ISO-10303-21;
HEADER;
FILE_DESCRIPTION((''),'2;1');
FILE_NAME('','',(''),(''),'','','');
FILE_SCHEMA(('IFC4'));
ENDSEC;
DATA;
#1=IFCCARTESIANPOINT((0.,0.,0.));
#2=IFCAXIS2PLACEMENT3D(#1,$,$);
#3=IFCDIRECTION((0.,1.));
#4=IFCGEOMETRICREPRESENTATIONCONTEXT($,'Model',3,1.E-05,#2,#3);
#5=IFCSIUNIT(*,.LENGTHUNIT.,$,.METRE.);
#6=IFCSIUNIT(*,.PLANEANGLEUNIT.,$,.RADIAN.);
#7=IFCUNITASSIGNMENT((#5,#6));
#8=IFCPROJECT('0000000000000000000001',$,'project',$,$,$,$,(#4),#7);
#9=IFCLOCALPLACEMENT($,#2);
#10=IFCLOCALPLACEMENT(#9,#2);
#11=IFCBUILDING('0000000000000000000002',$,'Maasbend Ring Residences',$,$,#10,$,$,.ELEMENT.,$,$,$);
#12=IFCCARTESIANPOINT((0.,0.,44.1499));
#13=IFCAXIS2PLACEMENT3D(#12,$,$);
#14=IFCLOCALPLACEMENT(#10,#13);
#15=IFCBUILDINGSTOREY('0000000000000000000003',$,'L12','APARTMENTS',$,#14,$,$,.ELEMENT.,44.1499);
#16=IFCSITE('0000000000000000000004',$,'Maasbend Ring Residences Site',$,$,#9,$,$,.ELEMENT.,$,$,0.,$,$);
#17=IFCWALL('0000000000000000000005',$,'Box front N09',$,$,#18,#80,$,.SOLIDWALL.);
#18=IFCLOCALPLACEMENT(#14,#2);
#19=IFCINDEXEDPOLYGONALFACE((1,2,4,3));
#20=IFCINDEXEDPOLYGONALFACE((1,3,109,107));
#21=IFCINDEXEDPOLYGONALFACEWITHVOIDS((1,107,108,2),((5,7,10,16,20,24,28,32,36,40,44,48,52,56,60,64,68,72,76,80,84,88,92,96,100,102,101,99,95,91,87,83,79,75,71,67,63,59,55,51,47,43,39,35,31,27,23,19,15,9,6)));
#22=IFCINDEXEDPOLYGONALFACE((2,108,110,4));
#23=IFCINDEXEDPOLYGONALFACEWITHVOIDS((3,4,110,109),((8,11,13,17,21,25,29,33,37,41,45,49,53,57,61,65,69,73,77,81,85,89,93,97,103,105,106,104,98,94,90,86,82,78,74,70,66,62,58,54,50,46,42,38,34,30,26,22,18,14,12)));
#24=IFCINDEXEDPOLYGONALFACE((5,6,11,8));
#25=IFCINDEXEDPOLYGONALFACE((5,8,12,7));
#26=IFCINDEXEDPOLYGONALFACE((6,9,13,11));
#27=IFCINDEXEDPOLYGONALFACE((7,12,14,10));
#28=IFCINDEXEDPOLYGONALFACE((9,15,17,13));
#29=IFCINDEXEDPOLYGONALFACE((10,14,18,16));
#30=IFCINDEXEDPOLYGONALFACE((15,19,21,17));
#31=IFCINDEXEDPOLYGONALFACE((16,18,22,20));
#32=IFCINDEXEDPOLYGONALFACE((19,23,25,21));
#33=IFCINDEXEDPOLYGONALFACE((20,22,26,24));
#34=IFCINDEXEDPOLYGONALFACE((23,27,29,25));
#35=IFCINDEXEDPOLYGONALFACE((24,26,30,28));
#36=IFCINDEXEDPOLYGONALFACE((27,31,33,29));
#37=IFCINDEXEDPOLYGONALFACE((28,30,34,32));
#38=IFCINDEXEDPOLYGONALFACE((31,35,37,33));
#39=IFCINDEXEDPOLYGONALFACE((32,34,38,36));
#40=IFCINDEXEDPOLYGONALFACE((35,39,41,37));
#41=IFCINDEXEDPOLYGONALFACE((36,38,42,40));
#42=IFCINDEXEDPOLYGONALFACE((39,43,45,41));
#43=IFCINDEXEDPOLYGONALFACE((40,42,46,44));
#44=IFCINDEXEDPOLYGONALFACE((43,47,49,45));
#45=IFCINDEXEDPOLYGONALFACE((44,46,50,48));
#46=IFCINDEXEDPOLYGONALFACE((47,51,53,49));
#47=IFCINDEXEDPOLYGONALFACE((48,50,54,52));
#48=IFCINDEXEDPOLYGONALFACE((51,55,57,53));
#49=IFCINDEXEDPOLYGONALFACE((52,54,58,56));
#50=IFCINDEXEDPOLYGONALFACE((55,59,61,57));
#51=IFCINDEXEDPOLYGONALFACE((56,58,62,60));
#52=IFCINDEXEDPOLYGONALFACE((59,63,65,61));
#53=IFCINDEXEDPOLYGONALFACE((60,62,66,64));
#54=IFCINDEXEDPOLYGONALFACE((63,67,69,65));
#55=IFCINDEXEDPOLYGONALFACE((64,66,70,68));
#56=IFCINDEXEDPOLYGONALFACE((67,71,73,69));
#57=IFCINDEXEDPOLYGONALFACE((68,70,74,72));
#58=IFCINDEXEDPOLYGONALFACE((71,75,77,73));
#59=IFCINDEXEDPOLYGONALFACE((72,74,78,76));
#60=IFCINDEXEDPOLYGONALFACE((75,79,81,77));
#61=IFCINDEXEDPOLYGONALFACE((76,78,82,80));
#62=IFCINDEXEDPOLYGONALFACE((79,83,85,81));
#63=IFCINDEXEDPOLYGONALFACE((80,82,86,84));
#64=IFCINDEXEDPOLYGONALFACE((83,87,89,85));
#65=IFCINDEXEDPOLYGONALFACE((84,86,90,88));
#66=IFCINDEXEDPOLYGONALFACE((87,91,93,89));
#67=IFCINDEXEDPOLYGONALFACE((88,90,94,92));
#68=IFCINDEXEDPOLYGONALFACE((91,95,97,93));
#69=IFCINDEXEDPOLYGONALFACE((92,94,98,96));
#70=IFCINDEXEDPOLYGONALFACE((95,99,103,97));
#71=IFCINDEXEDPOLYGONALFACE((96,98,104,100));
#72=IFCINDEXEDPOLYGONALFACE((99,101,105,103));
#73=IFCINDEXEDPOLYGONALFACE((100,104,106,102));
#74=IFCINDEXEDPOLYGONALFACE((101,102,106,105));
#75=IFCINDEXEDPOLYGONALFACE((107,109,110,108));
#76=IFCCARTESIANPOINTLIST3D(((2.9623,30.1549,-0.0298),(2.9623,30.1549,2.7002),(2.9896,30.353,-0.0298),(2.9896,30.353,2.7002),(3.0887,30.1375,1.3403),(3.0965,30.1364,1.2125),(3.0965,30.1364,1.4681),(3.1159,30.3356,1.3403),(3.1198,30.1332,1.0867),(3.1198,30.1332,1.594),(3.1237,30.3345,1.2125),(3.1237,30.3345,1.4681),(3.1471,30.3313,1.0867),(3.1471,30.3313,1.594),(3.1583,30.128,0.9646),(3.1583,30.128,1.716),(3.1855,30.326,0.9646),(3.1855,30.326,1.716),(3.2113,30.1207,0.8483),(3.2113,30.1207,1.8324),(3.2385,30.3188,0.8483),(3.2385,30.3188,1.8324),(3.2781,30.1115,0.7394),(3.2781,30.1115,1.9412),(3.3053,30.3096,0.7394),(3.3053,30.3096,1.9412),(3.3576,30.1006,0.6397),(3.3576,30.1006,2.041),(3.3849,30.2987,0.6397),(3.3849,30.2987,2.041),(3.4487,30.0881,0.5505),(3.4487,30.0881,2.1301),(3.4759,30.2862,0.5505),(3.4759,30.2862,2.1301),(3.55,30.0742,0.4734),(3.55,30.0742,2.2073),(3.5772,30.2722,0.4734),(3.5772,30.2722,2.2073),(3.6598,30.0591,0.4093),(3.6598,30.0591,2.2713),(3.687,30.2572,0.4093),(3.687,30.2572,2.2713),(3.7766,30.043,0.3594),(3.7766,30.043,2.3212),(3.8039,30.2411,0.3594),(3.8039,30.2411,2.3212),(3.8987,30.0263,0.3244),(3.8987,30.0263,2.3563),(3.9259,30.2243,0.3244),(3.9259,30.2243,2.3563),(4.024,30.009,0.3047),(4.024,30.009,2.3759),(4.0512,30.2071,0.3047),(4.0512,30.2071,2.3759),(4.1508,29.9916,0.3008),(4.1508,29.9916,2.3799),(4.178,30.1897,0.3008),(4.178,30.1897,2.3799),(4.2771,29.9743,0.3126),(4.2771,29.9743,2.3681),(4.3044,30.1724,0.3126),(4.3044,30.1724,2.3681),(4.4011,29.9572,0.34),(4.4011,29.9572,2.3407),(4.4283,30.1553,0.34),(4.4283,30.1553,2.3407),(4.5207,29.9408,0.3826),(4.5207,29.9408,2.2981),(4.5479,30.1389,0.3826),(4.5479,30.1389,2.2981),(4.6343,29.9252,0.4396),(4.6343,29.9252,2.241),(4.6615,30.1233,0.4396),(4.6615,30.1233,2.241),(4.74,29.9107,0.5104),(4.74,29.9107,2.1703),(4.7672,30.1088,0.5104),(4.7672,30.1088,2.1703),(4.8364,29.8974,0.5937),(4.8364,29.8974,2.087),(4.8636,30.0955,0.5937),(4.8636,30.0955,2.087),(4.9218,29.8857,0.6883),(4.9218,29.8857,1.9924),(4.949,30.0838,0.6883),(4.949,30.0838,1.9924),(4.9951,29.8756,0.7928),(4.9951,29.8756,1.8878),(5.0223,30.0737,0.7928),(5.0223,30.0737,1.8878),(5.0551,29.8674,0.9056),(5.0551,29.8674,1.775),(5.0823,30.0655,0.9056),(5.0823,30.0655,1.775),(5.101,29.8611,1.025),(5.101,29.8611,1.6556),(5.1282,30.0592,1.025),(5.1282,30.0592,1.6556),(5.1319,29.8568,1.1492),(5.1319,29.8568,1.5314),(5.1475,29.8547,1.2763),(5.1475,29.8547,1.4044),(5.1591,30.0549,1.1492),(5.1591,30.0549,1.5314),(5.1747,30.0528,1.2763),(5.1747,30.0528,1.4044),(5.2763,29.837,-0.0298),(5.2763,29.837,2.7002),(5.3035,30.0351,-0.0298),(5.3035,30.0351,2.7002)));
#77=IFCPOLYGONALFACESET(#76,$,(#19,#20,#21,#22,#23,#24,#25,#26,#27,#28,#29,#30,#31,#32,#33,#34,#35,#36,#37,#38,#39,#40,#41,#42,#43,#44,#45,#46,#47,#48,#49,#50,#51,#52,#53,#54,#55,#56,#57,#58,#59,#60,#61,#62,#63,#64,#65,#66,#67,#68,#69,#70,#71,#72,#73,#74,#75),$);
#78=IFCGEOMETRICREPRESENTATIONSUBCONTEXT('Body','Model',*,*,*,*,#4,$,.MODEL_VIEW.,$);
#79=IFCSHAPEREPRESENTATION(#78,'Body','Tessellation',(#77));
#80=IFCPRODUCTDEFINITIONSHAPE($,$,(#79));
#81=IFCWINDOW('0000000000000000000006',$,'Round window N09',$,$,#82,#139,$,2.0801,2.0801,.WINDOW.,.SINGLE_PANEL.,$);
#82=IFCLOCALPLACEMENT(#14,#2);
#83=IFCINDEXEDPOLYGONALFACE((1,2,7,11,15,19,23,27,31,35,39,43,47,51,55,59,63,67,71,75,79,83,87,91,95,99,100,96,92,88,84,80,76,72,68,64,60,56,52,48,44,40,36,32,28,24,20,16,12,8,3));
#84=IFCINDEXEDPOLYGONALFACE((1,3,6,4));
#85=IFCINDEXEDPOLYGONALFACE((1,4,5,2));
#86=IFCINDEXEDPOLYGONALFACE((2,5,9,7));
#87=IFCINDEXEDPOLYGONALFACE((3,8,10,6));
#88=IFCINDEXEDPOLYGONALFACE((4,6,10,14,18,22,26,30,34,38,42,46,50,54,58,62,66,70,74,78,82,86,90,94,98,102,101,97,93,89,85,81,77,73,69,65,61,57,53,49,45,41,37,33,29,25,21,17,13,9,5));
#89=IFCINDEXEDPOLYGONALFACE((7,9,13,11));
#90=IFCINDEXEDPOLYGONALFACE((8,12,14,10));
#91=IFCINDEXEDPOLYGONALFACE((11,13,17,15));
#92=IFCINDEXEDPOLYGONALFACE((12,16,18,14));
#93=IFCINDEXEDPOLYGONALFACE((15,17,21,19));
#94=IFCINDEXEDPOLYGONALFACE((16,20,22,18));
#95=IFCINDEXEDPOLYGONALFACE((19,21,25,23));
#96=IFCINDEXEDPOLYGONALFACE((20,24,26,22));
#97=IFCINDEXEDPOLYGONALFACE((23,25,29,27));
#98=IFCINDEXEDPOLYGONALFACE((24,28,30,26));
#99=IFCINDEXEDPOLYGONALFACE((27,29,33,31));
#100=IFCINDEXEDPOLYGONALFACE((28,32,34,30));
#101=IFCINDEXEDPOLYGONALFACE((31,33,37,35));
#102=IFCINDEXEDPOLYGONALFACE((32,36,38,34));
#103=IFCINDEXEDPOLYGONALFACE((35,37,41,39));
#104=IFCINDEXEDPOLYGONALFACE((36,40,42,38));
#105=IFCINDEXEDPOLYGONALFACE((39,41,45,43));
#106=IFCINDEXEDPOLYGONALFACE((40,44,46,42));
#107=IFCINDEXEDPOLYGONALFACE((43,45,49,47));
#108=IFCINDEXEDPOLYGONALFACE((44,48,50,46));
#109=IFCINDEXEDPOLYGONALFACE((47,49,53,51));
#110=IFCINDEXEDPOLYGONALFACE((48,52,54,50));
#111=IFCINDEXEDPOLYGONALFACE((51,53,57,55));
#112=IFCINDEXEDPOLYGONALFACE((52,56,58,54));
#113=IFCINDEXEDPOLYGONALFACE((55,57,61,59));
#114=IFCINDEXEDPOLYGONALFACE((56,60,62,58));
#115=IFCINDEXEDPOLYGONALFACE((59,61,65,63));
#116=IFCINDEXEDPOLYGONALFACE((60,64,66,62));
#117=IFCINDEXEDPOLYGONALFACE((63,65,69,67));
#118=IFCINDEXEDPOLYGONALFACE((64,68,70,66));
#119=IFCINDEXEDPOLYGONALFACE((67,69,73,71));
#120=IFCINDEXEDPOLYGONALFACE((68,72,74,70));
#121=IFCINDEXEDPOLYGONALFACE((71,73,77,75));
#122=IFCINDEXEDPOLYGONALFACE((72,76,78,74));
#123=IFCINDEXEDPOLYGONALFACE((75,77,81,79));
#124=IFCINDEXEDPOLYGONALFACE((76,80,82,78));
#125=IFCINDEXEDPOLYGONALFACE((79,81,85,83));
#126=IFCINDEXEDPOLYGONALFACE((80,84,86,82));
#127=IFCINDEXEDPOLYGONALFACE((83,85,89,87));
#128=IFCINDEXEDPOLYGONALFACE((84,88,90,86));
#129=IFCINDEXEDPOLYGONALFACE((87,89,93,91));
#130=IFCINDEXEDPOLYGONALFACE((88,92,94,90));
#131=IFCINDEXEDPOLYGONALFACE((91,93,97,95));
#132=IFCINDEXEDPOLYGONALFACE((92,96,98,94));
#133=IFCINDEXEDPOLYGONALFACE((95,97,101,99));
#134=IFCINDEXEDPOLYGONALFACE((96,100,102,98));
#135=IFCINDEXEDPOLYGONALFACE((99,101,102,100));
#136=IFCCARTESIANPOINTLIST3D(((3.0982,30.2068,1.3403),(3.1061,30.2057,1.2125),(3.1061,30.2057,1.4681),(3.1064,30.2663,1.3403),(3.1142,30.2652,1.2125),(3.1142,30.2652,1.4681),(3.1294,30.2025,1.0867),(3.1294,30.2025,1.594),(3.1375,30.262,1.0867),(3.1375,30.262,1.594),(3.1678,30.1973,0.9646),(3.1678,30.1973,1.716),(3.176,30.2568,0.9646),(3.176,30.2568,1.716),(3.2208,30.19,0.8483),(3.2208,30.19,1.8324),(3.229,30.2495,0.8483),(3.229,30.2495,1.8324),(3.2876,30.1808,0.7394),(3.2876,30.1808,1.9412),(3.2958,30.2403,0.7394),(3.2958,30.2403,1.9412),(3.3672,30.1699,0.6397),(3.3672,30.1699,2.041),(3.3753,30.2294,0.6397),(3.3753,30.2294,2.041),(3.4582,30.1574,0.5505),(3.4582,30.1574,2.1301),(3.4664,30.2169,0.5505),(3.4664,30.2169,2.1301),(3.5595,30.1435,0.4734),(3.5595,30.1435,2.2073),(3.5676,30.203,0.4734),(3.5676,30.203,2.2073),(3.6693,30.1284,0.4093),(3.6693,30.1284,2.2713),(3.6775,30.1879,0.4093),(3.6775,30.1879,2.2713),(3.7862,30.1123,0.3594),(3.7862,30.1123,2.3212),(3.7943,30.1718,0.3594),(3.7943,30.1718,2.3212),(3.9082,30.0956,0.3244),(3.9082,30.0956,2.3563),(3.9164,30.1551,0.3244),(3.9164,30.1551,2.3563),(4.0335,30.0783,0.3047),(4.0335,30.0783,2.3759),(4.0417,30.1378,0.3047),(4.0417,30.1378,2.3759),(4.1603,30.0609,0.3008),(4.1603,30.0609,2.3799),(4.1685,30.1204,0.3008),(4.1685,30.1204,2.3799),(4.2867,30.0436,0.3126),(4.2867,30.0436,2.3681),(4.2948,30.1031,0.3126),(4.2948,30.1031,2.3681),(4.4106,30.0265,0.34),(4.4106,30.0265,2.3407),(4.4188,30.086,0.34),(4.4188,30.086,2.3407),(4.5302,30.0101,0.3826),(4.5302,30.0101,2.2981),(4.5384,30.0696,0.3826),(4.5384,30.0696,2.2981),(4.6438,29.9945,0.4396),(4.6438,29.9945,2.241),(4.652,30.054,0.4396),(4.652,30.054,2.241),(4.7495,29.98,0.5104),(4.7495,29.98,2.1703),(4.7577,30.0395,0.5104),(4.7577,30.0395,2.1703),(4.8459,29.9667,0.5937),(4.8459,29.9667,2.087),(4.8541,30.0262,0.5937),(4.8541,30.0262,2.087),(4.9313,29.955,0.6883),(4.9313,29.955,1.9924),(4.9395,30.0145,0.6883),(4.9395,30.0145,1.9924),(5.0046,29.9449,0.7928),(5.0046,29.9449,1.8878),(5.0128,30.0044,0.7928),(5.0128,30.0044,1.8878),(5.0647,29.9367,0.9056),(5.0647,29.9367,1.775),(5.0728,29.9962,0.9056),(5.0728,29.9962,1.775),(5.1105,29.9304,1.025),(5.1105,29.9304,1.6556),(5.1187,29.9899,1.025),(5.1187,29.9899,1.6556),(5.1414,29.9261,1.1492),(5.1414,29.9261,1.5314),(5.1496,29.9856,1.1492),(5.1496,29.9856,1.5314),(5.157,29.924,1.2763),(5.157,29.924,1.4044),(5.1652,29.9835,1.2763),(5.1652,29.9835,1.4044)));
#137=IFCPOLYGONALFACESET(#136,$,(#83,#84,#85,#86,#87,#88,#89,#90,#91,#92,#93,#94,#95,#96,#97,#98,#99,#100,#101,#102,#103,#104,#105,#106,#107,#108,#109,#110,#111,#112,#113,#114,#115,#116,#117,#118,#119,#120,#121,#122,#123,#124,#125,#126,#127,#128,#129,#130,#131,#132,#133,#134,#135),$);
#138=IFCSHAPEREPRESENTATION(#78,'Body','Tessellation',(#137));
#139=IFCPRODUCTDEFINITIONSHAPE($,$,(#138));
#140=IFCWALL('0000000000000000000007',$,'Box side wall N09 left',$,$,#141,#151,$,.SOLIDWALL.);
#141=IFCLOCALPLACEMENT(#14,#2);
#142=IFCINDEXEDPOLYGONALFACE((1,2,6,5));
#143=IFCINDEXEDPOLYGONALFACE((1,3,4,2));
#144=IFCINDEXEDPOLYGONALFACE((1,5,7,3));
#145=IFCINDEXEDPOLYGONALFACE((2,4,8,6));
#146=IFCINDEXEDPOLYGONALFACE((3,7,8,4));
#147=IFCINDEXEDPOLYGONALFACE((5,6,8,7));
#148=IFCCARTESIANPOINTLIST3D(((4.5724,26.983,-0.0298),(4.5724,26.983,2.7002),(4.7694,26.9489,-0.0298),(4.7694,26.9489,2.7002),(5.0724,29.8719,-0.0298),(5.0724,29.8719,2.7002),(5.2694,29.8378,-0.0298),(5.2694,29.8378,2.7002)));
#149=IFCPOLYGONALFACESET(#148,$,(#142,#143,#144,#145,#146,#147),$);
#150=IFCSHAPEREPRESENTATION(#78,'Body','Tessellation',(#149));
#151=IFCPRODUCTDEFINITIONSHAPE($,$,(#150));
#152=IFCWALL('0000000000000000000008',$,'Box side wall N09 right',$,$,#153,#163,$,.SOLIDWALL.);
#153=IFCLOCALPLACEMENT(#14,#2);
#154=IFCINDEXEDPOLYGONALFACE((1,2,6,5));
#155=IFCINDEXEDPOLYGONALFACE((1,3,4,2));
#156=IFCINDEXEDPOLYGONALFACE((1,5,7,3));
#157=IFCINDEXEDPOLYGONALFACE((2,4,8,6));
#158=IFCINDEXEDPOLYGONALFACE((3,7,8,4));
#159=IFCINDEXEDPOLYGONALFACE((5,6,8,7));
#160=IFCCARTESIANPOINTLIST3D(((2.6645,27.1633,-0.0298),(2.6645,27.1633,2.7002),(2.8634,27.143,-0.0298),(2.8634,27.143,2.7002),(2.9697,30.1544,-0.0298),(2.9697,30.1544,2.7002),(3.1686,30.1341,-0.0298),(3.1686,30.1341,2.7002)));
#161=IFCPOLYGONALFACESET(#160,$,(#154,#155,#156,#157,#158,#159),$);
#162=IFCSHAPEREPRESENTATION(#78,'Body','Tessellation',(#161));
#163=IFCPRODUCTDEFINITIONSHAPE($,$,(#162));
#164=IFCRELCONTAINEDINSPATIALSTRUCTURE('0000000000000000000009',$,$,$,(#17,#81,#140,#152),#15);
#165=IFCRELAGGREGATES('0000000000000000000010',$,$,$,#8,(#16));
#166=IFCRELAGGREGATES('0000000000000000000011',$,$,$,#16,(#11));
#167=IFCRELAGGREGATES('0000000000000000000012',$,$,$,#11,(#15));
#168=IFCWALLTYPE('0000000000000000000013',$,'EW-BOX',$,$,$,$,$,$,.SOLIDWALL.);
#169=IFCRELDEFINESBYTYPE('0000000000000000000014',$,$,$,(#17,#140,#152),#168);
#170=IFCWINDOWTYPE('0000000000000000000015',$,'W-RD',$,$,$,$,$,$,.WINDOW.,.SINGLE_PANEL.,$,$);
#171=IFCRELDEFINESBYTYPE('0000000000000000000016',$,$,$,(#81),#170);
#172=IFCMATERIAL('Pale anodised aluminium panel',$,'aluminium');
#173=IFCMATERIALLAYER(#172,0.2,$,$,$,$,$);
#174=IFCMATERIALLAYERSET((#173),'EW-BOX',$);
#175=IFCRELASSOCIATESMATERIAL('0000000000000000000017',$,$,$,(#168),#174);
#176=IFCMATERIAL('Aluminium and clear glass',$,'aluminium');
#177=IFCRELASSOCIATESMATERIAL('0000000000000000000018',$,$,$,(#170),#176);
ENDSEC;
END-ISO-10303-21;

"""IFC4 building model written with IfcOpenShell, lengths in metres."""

from ifc_helpers import new_model, si_unit, direction, frame, frame_2d, origin, place, context, subcontext, project, spatial, rectangle, circle, extrude, material, layer, layer_set, type_object, element, fill, save


model = new_model("IFC4")

# Units and contexts
model_context = context("Model", 3, precision=1e-05, world=origin(), true_north=direction((0.0, 1.0)))
body_context = subcontext(model_context, "Body", "Model", "MODEL_VIEW")
ifc_project = project(units=[si_unit("LENGTHUNIT", "METRE"), si_unit("PLANEANGLEUNIT", "RADIAN")], contexts=[model_context])

# Site, building, storey
site_placement = place(None, origin())
site = spatial("IfcSite", under=ifc_project, at=site_placement, Name="Maasbend Ring Residences Site", CompositionType="ELEMENT", RefElevation=0.0)
building_placement = place(site_placement, origin())
building = spatial("IfcBuilding", under=site, at=building_placement, Name="Maasbend Ring Residences", CompositionType="ELEMENT")
storey_placement = place(building_placement, frame((0.0, 0.0, 44.1499)))
storey = spatial("IfcBuildingStorey", under=building, at=storey_placement, Name="L12", Description="APARTMENTS", CompositionType="ELEMENT", Elevation=44.1499)

# Shared definitions
ifc_material_1 = material(Name="Pale anodised aluminium panel", Category="aluminium")
ifc_layer_1 = layer(ifc_material_1, 0.2)
ifc_layer_set_1 = layer_set([ifc_layer_1], Name="EW-BOX")
wall_type_1 = type_object("IfcWallType", Name="EW-BOX", PredefinedType="SOLIDWALL", material=ifc_layer_set_1)

# Wall, opening, window
wall_1_placement = place(storey_placement, frame((5.29, 29.936, -0.0298), z_axis=(0.0, 0.0, 1.0), x_axis=(-0.990696, 0.136093, 0.0)))
wall_1 = element("IfcWall", 1, at=wall_1_placement, inside=storey, type_object=wall_type_1, Name="Box front N09", PredefinedType="SOLIDWALL", context=body_context, shape_type="SweptSolid", body=[
    extrude(rectangle(XDim=2.3357, YDim=0.2, at=frame_2d((1.168, 0.0))), origin(), (0.0, 0.0, 1.0), 2.73),
])
opening_1_placement = place(wall_1_placement, frame((0.1282, 0.0, 0.3301)))
opening_1 = element("IfcOpeningElement", 2, at=opening_1_placement, cuts=wall_1, PredefinedType="OPENING", context=body_context, shape_type="SweptSolid", body=[
    extrude(circle(Radius=1.04, at=frame_2d((1.04, 1.04))), frame((0.0, 0.1099, 0.0), z_axis=(0.0, -1.0, 0.0), x_axis=(1.0, 0.0, 0.0)), (0.0, 0.0, 1.0), 0.22),
])
ifc_material_2 = material(Name="Aluminium and clear glass", Category="aluminium")
window_type_1 = type_object("IfcWindowType", Name="W-RD", PartitioningType="SINGLE_PANEL", PredefinedType="WINDOW", material=ifc_material_2)
window_1_placement = place(opening_1_placement, origin())
window_1 = element("IfcWindow", 3, at=window_1_placement, inside=storey, type_object=window_type_1, Name="Round window N09", OverallHeight=2.0801, OverallWidth=2.0801, PartitioningType="SINGLE_PANEL", PredefinedType="WINDOW", context=body_context, shape_type="SweptSolid", body=[
    extrude(circle(Radius=1.04, at=frame_2d((1.04, 1.04))), frame((0.0, 0.03, 0.0), z_axis=(0.0, -1.0, 0.0), x_axis=(1.0, 0.0, 0.0)), (0.0, 0.0, 1.0), 0.0601),
])
fill(opening_1, window_1)

# Walls
wall_2_placement = place(storey_placement, frame((4.6709, 26.9661, -0.0298), z_axis=(0.0, 0.0, 1.0), x_axis=(0.17054, 0.985351, 0.0)))
element("IfcWall", 4, at=wall_2_placement, inside=storey, type_object=wall_type_1, Name="Box side wall N09 left", PredefinedType="SOLIDWALL", context=body_context, shape_type="SweptSolid", body=[
    extrude(rectangle(XDim=2.9319, YDim=0.2, at=frame_2d((1.4658, 0.0))), origin(), (0.0, 0.0, 1.0), 2.73),
])
wall_3_placement = place(storey_placement, frame((2.7639, 27.1531, -0.0298), z_axis=(0.0, 0.0, 1.0), x_axis=(0.101505, 0.994835, 0.0)))
element("IfcWall", 5, at=wall_3_placement, inside=storey, type_object=wall_type_1, Name="Box side wall N09 right", PredefinedType="SOLIDWALL", context=body_context, shape_type="SweptSolid", body=[
    extrude(rectangle(XDim=3.0066, YDim=0.2, at=frame_2d((1.5034, 0.0))), origin(), (0.0, 0.0, 1.0), 2.73),
])

save(model, "model.ifc")
